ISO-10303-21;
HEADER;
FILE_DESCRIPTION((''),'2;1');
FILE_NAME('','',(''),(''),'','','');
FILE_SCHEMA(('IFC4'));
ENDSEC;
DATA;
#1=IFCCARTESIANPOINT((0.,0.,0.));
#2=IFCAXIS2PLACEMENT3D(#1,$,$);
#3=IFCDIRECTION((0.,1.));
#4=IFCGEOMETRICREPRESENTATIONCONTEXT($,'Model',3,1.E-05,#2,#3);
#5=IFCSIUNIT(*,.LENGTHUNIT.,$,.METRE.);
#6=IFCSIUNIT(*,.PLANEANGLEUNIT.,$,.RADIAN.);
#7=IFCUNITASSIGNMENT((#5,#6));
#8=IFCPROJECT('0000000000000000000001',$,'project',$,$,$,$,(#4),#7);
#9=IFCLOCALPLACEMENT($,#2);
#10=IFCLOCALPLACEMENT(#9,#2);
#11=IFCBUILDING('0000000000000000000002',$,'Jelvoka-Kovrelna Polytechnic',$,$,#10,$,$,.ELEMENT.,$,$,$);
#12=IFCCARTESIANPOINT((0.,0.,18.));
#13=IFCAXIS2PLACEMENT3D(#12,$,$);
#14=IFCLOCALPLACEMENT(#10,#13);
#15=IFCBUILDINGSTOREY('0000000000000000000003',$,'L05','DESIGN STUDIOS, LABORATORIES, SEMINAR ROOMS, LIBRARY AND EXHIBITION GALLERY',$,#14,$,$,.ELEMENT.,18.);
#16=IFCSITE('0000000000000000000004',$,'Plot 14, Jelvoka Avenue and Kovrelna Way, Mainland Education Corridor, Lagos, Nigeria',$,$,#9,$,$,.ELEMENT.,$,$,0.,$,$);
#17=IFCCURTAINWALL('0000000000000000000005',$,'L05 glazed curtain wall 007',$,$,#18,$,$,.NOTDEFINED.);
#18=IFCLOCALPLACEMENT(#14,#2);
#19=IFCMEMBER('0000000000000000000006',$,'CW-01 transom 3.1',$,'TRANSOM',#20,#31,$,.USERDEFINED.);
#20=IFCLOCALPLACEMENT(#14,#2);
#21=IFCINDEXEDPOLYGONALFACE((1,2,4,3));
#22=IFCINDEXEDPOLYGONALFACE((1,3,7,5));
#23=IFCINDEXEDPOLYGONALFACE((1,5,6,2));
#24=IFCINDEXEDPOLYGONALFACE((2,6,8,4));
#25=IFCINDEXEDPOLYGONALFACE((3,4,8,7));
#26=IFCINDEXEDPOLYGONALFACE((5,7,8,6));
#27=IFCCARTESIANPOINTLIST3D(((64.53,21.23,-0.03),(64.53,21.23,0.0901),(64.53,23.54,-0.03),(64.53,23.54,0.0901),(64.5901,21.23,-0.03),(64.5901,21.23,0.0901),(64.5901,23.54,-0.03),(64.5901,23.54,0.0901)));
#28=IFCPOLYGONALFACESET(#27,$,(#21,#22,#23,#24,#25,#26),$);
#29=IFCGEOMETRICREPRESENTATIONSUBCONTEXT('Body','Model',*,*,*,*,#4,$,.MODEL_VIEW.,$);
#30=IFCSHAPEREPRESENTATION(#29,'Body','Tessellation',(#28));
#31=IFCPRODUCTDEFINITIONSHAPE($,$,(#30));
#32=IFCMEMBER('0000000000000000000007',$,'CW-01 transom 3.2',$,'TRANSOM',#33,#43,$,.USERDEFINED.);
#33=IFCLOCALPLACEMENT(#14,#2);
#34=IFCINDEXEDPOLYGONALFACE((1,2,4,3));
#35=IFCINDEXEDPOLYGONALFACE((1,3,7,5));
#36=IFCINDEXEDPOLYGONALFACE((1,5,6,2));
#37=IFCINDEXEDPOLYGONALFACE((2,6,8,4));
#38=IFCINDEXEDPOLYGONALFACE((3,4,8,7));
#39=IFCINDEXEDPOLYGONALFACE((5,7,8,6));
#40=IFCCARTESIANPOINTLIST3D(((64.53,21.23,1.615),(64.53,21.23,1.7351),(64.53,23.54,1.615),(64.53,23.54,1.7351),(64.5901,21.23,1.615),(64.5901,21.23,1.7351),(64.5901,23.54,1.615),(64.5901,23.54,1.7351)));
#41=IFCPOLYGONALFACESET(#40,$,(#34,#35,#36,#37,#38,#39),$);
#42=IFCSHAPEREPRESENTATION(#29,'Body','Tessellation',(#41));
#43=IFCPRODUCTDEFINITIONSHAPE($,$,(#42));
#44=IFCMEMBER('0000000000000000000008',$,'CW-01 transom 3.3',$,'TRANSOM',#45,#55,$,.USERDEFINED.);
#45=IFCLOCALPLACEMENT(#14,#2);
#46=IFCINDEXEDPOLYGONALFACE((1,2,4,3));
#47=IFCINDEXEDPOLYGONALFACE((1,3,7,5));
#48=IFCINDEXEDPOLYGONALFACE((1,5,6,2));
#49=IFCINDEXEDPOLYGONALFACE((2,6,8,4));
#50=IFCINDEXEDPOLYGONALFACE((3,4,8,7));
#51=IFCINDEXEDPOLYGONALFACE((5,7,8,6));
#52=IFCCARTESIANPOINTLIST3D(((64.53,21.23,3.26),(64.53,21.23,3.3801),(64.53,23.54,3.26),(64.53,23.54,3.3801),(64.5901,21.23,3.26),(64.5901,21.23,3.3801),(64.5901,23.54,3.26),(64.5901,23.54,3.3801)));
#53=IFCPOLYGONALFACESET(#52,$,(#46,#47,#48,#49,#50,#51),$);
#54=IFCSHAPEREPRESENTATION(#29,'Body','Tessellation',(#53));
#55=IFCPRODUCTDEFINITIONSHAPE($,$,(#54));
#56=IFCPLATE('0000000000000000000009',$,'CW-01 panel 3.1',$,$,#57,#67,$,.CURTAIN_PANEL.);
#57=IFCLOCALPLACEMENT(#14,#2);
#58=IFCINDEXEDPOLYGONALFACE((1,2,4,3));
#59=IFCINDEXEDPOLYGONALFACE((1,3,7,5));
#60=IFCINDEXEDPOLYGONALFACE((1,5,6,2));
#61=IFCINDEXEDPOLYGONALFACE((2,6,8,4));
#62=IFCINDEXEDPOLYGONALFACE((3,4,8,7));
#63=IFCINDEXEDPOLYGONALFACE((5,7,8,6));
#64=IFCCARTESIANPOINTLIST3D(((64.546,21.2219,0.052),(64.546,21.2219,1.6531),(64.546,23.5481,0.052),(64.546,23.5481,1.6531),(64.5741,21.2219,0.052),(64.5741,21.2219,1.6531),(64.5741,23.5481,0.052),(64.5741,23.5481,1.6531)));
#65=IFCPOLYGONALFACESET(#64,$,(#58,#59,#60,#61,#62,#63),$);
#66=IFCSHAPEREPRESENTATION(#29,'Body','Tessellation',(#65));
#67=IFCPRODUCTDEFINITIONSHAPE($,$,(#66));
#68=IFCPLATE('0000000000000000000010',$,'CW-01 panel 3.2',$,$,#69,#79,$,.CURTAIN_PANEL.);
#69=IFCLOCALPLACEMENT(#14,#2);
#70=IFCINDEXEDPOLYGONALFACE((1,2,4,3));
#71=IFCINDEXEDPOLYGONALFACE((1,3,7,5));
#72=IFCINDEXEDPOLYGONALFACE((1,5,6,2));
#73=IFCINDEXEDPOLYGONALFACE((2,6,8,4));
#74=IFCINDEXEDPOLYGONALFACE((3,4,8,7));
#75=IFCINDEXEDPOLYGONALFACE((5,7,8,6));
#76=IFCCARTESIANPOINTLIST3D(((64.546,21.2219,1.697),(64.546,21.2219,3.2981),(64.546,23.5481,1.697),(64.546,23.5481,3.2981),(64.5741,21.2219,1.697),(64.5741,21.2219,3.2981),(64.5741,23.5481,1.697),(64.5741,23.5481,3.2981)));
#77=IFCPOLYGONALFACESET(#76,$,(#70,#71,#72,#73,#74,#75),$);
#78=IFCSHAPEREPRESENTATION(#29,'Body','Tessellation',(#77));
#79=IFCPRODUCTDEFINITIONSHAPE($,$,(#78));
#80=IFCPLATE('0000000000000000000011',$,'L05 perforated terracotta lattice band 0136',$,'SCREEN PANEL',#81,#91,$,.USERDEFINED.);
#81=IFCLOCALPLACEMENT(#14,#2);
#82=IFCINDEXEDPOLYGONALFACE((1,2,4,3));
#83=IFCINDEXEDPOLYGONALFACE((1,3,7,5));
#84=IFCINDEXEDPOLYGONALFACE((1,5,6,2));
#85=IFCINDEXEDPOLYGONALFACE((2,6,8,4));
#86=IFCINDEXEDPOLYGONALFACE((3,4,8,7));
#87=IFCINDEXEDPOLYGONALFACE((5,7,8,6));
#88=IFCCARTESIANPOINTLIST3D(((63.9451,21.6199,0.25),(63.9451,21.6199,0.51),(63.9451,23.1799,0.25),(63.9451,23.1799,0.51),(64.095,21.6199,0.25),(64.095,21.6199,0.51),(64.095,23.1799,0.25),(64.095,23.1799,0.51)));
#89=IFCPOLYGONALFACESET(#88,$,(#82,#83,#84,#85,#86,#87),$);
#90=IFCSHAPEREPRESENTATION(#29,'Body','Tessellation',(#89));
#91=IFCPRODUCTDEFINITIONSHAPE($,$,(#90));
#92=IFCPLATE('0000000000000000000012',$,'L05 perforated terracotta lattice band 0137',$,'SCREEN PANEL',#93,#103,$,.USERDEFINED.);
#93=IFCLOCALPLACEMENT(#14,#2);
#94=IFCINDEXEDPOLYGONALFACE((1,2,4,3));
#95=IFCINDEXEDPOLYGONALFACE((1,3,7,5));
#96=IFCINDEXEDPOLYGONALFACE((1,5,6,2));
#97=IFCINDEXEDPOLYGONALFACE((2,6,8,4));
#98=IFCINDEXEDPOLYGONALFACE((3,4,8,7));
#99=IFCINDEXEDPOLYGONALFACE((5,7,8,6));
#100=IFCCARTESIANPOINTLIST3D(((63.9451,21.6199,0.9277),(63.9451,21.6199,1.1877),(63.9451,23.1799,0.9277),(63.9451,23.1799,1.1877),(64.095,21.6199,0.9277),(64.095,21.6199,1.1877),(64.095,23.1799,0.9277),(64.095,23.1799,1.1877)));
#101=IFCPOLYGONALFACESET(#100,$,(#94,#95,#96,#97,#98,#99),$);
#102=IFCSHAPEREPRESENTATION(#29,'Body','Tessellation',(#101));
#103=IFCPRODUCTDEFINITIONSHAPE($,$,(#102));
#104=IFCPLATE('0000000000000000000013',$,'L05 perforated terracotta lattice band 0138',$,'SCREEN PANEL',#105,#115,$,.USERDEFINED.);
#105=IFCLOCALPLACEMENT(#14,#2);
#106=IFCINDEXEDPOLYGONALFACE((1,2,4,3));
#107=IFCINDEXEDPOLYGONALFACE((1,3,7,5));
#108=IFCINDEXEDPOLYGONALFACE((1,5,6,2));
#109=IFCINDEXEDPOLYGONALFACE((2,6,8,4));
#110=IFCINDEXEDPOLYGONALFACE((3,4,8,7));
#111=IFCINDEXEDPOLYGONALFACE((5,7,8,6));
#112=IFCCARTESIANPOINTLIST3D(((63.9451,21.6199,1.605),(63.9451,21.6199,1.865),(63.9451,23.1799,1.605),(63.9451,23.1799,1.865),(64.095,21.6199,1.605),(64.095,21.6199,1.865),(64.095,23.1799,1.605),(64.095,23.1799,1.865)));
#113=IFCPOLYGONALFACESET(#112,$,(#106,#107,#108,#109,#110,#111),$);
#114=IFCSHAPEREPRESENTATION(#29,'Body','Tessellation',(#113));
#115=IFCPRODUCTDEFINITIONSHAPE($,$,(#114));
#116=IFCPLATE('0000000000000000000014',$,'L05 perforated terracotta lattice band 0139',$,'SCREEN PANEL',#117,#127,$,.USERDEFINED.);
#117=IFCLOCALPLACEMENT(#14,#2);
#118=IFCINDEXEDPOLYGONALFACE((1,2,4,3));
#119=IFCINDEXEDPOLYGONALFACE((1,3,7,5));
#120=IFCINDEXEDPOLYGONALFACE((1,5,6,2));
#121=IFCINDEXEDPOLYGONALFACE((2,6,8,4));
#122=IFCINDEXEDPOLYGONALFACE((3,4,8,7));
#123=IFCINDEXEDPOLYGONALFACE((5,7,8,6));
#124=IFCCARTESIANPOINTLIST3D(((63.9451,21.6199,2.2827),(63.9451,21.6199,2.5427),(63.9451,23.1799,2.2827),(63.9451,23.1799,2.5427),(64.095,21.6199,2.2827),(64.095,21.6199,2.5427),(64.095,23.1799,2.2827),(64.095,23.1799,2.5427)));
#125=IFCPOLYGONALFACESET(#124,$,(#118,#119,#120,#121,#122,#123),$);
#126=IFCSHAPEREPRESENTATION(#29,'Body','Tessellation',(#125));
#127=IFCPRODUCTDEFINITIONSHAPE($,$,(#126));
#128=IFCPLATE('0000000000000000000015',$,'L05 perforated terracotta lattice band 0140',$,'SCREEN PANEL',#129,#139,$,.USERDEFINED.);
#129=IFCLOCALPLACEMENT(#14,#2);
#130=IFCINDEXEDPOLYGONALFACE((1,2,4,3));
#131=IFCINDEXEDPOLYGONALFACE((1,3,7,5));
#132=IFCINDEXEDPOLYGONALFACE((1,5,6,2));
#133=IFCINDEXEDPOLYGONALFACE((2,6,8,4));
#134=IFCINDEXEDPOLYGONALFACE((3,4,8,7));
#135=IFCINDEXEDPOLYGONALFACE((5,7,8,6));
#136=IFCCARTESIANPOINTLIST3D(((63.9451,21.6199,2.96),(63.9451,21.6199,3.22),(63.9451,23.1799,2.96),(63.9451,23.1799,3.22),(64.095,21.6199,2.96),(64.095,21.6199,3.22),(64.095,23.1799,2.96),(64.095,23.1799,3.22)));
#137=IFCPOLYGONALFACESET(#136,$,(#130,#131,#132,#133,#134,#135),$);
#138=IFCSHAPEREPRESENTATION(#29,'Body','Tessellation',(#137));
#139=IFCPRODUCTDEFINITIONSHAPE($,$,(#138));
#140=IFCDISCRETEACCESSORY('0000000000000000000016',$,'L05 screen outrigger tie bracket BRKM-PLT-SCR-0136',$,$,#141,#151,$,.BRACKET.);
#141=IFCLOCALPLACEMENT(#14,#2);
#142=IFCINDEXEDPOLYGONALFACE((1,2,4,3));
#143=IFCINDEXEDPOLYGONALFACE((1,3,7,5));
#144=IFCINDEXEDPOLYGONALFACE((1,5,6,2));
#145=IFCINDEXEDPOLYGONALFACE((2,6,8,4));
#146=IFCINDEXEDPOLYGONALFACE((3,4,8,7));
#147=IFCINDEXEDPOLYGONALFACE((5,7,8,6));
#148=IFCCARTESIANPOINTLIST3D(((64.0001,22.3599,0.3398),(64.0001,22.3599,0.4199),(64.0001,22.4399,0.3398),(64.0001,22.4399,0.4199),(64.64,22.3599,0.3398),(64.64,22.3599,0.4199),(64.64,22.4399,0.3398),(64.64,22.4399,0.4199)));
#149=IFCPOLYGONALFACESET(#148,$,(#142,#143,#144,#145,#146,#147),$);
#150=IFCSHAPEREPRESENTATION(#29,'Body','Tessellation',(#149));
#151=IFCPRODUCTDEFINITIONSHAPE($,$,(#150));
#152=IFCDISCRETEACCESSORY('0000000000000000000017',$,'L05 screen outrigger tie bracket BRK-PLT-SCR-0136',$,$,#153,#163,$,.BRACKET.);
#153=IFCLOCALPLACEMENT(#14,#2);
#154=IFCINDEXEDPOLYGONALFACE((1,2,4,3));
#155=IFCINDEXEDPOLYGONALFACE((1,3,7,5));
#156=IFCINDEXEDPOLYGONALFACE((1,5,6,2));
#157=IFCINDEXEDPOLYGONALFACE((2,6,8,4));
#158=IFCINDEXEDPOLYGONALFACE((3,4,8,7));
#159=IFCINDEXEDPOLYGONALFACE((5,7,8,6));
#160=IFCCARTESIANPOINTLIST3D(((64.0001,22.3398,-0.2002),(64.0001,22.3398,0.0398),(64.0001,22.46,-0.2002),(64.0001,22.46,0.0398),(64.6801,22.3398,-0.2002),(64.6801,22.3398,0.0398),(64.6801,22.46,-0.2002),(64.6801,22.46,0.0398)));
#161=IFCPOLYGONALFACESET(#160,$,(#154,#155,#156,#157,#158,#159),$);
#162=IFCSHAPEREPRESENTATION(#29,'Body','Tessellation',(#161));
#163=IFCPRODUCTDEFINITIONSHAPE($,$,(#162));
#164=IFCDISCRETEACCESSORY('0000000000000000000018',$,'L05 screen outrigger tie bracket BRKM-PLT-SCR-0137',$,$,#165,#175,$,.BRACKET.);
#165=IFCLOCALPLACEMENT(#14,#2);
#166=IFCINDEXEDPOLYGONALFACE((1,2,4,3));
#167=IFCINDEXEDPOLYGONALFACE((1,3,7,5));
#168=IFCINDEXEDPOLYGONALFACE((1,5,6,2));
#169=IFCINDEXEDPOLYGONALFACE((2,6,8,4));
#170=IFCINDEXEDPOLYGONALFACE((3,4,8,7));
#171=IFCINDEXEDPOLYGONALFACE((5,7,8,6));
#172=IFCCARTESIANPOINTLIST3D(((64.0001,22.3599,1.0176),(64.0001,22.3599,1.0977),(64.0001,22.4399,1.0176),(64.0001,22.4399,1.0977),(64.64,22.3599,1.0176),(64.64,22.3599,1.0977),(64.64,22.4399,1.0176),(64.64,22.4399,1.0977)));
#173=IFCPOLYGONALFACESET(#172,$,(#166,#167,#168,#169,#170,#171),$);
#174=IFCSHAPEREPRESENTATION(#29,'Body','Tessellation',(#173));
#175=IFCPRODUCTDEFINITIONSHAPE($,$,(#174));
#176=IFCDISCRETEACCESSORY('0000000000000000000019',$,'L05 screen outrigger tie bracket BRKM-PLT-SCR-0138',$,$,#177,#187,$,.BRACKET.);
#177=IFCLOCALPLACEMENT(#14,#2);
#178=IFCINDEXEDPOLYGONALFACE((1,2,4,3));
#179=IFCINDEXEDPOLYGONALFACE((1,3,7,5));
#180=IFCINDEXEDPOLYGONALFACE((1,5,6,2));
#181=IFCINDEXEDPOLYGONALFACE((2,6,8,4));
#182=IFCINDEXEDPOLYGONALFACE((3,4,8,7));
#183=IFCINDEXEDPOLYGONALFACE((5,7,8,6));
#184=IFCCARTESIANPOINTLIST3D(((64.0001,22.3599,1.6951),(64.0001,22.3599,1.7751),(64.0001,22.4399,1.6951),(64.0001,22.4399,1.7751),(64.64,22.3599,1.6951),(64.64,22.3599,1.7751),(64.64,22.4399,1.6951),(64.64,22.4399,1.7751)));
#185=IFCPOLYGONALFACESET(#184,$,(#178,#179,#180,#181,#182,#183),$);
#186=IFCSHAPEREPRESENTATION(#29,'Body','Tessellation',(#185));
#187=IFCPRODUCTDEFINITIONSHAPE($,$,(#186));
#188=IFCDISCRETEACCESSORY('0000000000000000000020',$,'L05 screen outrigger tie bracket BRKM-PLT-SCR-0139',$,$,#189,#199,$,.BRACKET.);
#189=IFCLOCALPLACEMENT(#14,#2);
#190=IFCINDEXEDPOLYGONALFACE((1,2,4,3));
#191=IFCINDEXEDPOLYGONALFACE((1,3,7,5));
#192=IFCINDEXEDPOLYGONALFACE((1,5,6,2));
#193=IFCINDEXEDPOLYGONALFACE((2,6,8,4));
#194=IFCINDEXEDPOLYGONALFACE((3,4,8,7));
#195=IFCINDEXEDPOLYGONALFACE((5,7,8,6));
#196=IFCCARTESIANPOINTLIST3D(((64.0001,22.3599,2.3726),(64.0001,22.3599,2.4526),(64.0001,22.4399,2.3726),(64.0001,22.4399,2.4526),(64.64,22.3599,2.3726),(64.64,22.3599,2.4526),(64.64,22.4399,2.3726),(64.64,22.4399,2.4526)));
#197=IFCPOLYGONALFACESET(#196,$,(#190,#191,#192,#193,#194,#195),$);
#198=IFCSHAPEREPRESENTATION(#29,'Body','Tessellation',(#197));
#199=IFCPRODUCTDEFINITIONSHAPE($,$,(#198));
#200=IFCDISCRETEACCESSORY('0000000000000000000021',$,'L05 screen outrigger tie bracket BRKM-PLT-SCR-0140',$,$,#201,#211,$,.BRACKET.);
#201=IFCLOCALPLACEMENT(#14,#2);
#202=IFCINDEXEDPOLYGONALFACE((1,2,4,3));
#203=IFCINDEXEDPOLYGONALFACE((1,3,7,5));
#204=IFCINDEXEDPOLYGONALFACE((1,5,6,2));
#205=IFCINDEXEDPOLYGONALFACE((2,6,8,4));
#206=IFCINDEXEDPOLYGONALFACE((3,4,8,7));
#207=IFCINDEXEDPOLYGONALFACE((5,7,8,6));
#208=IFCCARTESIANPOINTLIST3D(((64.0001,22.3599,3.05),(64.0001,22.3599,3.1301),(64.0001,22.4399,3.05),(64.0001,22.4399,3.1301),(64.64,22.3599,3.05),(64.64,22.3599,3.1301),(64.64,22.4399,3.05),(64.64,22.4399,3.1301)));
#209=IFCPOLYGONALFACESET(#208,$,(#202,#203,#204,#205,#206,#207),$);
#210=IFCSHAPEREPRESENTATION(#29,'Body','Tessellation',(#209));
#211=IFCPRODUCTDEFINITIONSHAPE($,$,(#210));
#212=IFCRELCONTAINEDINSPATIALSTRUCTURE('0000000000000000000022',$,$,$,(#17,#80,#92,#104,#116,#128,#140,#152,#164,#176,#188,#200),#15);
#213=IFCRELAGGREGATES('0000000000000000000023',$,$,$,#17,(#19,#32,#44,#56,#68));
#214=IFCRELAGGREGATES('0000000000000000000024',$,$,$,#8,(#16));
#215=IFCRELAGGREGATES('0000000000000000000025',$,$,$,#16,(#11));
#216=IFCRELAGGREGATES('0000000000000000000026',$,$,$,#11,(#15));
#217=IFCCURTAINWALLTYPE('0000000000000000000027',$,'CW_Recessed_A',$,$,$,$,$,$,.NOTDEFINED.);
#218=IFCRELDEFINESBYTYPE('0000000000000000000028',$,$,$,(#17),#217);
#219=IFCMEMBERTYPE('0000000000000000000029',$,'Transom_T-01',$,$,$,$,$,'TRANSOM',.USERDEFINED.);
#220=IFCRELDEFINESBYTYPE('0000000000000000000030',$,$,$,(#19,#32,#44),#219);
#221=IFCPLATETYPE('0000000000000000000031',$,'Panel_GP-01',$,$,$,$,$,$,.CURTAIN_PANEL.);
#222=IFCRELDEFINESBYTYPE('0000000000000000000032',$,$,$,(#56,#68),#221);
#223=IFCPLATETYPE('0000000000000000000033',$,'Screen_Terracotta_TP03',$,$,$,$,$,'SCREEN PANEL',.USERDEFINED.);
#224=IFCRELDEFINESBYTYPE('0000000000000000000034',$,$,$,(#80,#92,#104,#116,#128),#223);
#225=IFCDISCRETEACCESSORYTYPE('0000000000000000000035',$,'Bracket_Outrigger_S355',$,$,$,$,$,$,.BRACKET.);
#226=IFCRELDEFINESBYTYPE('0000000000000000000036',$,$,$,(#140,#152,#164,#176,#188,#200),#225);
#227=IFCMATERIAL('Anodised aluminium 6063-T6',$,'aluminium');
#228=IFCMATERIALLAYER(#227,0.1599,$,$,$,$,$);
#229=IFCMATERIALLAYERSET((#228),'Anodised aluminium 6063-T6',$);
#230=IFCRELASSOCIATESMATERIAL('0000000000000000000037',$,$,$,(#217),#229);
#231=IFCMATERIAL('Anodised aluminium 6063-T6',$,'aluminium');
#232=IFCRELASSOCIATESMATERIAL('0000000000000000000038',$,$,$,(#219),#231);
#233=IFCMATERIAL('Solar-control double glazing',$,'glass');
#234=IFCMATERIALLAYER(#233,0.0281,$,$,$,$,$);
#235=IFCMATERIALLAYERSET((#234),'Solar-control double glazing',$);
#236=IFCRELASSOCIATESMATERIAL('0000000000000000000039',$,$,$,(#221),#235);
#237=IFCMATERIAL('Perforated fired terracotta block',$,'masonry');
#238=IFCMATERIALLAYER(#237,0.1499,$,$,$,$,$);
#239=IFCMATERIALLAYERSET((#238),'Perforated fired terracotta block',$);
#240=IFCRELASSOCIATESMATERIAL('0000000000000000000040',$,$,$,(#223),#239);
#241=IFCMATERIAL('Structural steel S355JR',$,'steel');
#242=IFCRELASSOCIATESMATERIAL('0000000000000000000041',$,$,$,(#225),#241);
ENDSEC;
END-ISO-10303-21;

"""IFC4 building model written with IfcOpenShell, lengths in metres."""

from ifc_helpers import new_model, si_unit, direction, frame, origin, origin_2d, place, context, subcontext, project, spatial, rectangle, extrude, material, layer, layer_set, material_profile, profile_set, type_object, element, aggregate, save


model = new_model("IFC4")

# Units and contexts
model_context = context("Model", 3, precision=1e-05, world=origin(), true_north=direction((0.0, 1.0)))
body_context = subcontext(model_context, "Body", "Model", "MODEL_VIEW")
ifc_project = project(units=[si_unit("LENGTHUNIT", "METRE"), si_unit("PLANEANGLEUNIT", "RADIAN")], contexts=[model_context])

# Site, building, storey
site_placement = place(None, origin())
site = spatial("IfcSite", under=ifc_project, at=site_placement, Name="Plot 14, Jelvoka Avenue and Kovrelna Way, Mainland Education Corridor, Lagos, Nigeria", CompositionType="ELEMENT", RefElevation=0.0)
building_placement = place(site_placement, origin())
building = spatial("IfcBuilding", under=site, at=building_placement, Name="Jelvoka-Kovrelna Polytechnic", CompositionType="ELEMENT")
storey_placement = place(building_placement, frame((0.0, 0.0, 18.0)))
storey = spatial("IfcBuildingStorey", under=building, at=storey_placement, Name="L05", Description="DESIGN STUDIOS, LABORATORIES, SEMINAR ROOMS, LIBRARY AND EXHIBITION GALLERY", CompositionType="ELEMENT", Elevation=18.0)

# Curtain wall, members, plates
ifc_material_1 = material(Name="Anodised aluminium 6063-T6", Category="aluminium")
ifc_layer_1 = layer(ifc_material_1, 0.1599)
ifc_layer_set_1 = layer_set([ifc_layer_1], Name="Anodised aluminium 6063-T6")
curtain_wall_type = type_object("IfcCurtainWallType", Name="CW_Recessed_A", PredefinedType="NOTDEFINED", material=ifc_layer_set_1)
curtain_wall_placement = place(storey_placement, origin())
curtain_wall = element("IfcCurtainWall", 1, at=curtain_wall_placement, inside=storey, type_object=curtain_wall_type, Name="L05 glazed curtain wall 007", PredefinedType="NOTDEFINED")
ifc_material_2 = material(Name="Anodised aluminium 6063-T6", Category="aluminium")
ifc_material_profile_1 = material_profile(ifc_material_2, rectangle(XDim=0.0601, YDim=0.1201, at=origin_2d()), Name="ALU 60x120")
ifc_profile_set_1 = profile_set([ifc_material_profile_1], Name="Anodised aluminium 6063-T6")
member_type_1 = type_object("IfcMemberType", Name="Transom_T-01", ElementType="TRANSOM", PredefinedType="USERDEFINED", material=ifc_profile_set_1)
member_1_placement = place(storey_placement, frame((64.5601, 21.23, 0.03), z_axis=(0.0, 1.0, 0.0), x_axis=(-1.0, 0.0, 0.0)))
member_1 = element("IfcMember", 2, at=member_1_placement, type_object=member_type_1, Name="CW-01 transom 3.1", ObjectType="TRANSOM", PredefinedType="USERDEFINED", context=body_context, shape_type="SweptSolid", body=[
    extrude(rectangle(XDim=0.0601, YDim=0.1201, at=origin_2d()), origin(), (0.0, 0.0, 1.0), 2.3101),
])
member_2_placement = place(storey_placement, frame((64.5601, 21.23, 1.675), z_axis=(0.0, 1.0, 0.0), x_axis=(-1.0, 0.0, 0.0)))
member_2 = element("IfcMember", 3, at=member_2_placement, type_object=member_type_1, Name="CW-01 transom 3.2", ObjectType="TRANSOM", PredefinedType="USERDEFINED", context=body_context, shape_type="SweptSolid", body=[
    extrude(rectangle(XDim=0.0601, YDim=0.1201, at=origin_2d()), origin(), (0.0, 0.0, 1.0), 2.3101),
])
member_3_placement = place(storey_placement, frame((64.5601, 21.23, 3.3201), z_axis=(0.0, 1.0, 0.0), x_axis=(-1.0, 0.0, 0.0)))
member_3 = element("IfcMember", 4, at=member_3_placement, type_object=member_type_1, Name="CW-01 transom 3.3", ObjectType="TRANSOM", PredefinedType="USERDEFINED", context=body_context, shape_type="SweptSolid", body=[
    extrude(rectangle(XDim=0.0601, YDim=0.1201, at=origin_2d()), origin(), (0.0, 0.0, 1.0), 2.3101),
])
ifc_material_3 = material(Name="Solar-control double glazing", Category="glass")
ifc_layer_2 = layer(ifc_material_3, 0.0281)
ifc_layer_set_2 = layer_set([ifc_layer_2], Name="Solar-control double glazing")
plate_type_1 = type_object("IfcPlateType", Name="Panel_GP-01", PredefinedType="CURTAIN_PANEL", material=ifc_layer_set_2)
plate_1_placement = place(storey_placement, frame((64.5601, 22.385, 0.052), z_axis=(0.0, 0.0, 1.0), x_axis=(0.0, 1.0, 0.0)))
plate_1 = element("IfcPlate", 5, at=plate_1_placement, type_object=plate_type_1, Name="CW-01 panel 3.1", PredefinedType="CURTAIN_PANEL", context=body_context, shape_type="SweptSolid", body=[
    extrude(rectangle(XDim=2.3262, YDim=0.0281, at=origin_2d()), origin(), (0.0, 0.0, 1.0), 1.6011),
])
plate_2_placement = place(storey_placement, frame((64.5601, 22.385, 1.697), z_axis=(0.0, 0.0, 1.0), x_axis=(0.0, 1.0, 0.0)))
plate_2 = element("IfcPlate", 6, at=plate_2_placement, type_object=plate_type_1, Name="CW-01 panel 3.2", PredefinedType="CURTAIN_PANEL", context=body_context, shape_type="SweptSolid", body=[
    extrude(rectangle(XDim=2.3262, YDim=0.0281, at=origin_2d()), origin(), (0.0, 0.0, 1.0), 1.6011),
])
aggregate(curtain_wall, [member_1, member_2, member_3, plate_1, plate_2])

# Plates
ifc_material_4 = material(Name="Perforated fired terracotta block", Category="masonry")
ifc_layer_3 = layer(ifc_material_4, 0.1499)
ifc_layer_set_3 = layer_set([ifc_layer_3], Name="Perforated fired terracotta block")
plate_type_2 = type_object("IfcPlateType", Name="Screen_Terracotta_TP03", ElementType="SCREEN PANEL", PredefinedType="USERDEFINED", material=ifc_layer_set_3)
for number, where, z_axis, x_axis, name in (
    (7, (64.02, 22.3999, 0.25), (0.0, 0.0, 1.0), (0.0, 1.0, 0.0), "L05 perforated terracotta lattice band 0136"),
    (8, (64.02, 22.3999, 0.9277), (0.0, 0.0, 1.0), (0.0, 1.0, 0.0), "L05 perforated terracotta lattice band 0137"),
    (9, (64.02, 22.3999, 1.605), (0.0, 0.0, 1.0), (0.0, 1.0, 0.0), "L05 perforated terracotta lattice band 0138"),
    (10, (64.02, 22.3999, 2.2827), (0.0, 0.0, 1.0), (0.0, 1.0, 0.0), "L05 perforated terracotta lattice band 0139"),
    (11, (64.02, 22.3999, 2.96), (0.0, 0.0, 1.0), (0.0, 1.0, 0.0), "L05 perforated terracotta lattice band 0140"),
):
    element("IfcPlate", number, at=place(storey_placement, frame(where, z_axis=z_axis, x_axis=x_axis)), inside=storey, type_object=plate_type_2, Name=name, ObjectType="SCREEN PANEL", PredefinedType="USERDEFINED", context=body_context, shape_type="SweptSolid", body=[
        extrude(rectangle(XDim=1.5601, YDim=0.1499, at=origin_2d()), origin(), (0.0, 0.0, 1.0), 0.26),
    ])

# Discrete accessories
ifc_material_5 = material(Name="Structural steel S355JR", Category="steel")
discrete_accessory_type = type_object("IfcDiscreteAccessoryType", Name="Bracket_Outrigger_S355", PredefinedType="BRACKET", material=ifc_material_5)
discrete_accessory_1_placement = place(storey_placement, frame((64.3201, 22.3999, 0.3398), z_axis=(0.0, 0.0, 1.0), x_axis=(1.0, 0.0, 0.0)))
element("IfcDiscreteAccessory", 12, at=discrete_accessory_1_placement, inside=storey, type_object=discrete_accessory_type, Name="L05 screen outrigger tie bracket BRKM-PLT-SCR-0136", PredefinedType="BRACKET", context=body_context, shape_type="SweptSolid", body=[
    extrude(rectangle(XDim=0.6399, YDim=0.0801, at=origin_2d()), origin(), (0.0, 0.0, 1.0), 0.0801),
])
discrete_accessory_2_placement = place(storey_placement, frame((64.3401, 22.3999, -0.2002), z_axis=(0.0, 0.0, 1.0), x_axis=(1.0, 0.0, 0.0)))
element("IfcDiscreteAccessory", 13, at=discrete_accessory_2_placement, inside=storey, type_object=discrete_accessory_type, Name="L05 screen outrigger tie bracket BRK-PLT-SCR-0136", PredefinedType="BRACKET", context=body_context, shape_type="SweptSolid", body=[
    extrude(rectangle(XDim=0.6799, YDim=0.1201, at=origin_2d()), origin(), (0.0, 0.0, 1.0), 0.24),
])
for number, where, z_axis, x_axis, name in (
    (14, (64.3201, 22.3999, 1.0176), (0.0, 0.0, 1.0), (1.0, 0.0, 0.0), "L05 screen outrigger tie bracket BRKM-PLT-SCR-0137"),
    (15, (64.3201, 22.3999, 1.6951), (0.0, 0.0, 1.0), (1.0, 0.0, 0.0), "L05 screen outrigger tie bracket BRKM-PLT-SCR-0138"),
    (16, (64.3201, 22.3999, 2.3726), (0.0, 0.0, 1.0), (1.0, 0.0, 0.0), "L05 screen outrigger tie bracket BRKM-PLT-SCR-0139"),
    (17, (64.3201, 22.3999, 3.05), (0.0, 0.0, 1.0), (1.0, 0.0, 0.0), "L05 screen outrigger tie bracket BRKM-PLT-SCR-0140"),
):
    element("IfcDiscreteAccessory", number, at=place(storey_placement, frame(where, z_axis=z_axis, x_axis=x_axis)), inside=storey, type_object=discrete_accessory_type, Name=name, PredefinedType="BRACKET", context=body_context, shape_type="SweptSolid", body=[
        extrude(rectangle(XDim=0.6399, YDim=0.0801, at=origin_2d()), origin(), (0.0, 0.0, 1.0), 0.0801),
    ])

save(model, "model.ifc")
